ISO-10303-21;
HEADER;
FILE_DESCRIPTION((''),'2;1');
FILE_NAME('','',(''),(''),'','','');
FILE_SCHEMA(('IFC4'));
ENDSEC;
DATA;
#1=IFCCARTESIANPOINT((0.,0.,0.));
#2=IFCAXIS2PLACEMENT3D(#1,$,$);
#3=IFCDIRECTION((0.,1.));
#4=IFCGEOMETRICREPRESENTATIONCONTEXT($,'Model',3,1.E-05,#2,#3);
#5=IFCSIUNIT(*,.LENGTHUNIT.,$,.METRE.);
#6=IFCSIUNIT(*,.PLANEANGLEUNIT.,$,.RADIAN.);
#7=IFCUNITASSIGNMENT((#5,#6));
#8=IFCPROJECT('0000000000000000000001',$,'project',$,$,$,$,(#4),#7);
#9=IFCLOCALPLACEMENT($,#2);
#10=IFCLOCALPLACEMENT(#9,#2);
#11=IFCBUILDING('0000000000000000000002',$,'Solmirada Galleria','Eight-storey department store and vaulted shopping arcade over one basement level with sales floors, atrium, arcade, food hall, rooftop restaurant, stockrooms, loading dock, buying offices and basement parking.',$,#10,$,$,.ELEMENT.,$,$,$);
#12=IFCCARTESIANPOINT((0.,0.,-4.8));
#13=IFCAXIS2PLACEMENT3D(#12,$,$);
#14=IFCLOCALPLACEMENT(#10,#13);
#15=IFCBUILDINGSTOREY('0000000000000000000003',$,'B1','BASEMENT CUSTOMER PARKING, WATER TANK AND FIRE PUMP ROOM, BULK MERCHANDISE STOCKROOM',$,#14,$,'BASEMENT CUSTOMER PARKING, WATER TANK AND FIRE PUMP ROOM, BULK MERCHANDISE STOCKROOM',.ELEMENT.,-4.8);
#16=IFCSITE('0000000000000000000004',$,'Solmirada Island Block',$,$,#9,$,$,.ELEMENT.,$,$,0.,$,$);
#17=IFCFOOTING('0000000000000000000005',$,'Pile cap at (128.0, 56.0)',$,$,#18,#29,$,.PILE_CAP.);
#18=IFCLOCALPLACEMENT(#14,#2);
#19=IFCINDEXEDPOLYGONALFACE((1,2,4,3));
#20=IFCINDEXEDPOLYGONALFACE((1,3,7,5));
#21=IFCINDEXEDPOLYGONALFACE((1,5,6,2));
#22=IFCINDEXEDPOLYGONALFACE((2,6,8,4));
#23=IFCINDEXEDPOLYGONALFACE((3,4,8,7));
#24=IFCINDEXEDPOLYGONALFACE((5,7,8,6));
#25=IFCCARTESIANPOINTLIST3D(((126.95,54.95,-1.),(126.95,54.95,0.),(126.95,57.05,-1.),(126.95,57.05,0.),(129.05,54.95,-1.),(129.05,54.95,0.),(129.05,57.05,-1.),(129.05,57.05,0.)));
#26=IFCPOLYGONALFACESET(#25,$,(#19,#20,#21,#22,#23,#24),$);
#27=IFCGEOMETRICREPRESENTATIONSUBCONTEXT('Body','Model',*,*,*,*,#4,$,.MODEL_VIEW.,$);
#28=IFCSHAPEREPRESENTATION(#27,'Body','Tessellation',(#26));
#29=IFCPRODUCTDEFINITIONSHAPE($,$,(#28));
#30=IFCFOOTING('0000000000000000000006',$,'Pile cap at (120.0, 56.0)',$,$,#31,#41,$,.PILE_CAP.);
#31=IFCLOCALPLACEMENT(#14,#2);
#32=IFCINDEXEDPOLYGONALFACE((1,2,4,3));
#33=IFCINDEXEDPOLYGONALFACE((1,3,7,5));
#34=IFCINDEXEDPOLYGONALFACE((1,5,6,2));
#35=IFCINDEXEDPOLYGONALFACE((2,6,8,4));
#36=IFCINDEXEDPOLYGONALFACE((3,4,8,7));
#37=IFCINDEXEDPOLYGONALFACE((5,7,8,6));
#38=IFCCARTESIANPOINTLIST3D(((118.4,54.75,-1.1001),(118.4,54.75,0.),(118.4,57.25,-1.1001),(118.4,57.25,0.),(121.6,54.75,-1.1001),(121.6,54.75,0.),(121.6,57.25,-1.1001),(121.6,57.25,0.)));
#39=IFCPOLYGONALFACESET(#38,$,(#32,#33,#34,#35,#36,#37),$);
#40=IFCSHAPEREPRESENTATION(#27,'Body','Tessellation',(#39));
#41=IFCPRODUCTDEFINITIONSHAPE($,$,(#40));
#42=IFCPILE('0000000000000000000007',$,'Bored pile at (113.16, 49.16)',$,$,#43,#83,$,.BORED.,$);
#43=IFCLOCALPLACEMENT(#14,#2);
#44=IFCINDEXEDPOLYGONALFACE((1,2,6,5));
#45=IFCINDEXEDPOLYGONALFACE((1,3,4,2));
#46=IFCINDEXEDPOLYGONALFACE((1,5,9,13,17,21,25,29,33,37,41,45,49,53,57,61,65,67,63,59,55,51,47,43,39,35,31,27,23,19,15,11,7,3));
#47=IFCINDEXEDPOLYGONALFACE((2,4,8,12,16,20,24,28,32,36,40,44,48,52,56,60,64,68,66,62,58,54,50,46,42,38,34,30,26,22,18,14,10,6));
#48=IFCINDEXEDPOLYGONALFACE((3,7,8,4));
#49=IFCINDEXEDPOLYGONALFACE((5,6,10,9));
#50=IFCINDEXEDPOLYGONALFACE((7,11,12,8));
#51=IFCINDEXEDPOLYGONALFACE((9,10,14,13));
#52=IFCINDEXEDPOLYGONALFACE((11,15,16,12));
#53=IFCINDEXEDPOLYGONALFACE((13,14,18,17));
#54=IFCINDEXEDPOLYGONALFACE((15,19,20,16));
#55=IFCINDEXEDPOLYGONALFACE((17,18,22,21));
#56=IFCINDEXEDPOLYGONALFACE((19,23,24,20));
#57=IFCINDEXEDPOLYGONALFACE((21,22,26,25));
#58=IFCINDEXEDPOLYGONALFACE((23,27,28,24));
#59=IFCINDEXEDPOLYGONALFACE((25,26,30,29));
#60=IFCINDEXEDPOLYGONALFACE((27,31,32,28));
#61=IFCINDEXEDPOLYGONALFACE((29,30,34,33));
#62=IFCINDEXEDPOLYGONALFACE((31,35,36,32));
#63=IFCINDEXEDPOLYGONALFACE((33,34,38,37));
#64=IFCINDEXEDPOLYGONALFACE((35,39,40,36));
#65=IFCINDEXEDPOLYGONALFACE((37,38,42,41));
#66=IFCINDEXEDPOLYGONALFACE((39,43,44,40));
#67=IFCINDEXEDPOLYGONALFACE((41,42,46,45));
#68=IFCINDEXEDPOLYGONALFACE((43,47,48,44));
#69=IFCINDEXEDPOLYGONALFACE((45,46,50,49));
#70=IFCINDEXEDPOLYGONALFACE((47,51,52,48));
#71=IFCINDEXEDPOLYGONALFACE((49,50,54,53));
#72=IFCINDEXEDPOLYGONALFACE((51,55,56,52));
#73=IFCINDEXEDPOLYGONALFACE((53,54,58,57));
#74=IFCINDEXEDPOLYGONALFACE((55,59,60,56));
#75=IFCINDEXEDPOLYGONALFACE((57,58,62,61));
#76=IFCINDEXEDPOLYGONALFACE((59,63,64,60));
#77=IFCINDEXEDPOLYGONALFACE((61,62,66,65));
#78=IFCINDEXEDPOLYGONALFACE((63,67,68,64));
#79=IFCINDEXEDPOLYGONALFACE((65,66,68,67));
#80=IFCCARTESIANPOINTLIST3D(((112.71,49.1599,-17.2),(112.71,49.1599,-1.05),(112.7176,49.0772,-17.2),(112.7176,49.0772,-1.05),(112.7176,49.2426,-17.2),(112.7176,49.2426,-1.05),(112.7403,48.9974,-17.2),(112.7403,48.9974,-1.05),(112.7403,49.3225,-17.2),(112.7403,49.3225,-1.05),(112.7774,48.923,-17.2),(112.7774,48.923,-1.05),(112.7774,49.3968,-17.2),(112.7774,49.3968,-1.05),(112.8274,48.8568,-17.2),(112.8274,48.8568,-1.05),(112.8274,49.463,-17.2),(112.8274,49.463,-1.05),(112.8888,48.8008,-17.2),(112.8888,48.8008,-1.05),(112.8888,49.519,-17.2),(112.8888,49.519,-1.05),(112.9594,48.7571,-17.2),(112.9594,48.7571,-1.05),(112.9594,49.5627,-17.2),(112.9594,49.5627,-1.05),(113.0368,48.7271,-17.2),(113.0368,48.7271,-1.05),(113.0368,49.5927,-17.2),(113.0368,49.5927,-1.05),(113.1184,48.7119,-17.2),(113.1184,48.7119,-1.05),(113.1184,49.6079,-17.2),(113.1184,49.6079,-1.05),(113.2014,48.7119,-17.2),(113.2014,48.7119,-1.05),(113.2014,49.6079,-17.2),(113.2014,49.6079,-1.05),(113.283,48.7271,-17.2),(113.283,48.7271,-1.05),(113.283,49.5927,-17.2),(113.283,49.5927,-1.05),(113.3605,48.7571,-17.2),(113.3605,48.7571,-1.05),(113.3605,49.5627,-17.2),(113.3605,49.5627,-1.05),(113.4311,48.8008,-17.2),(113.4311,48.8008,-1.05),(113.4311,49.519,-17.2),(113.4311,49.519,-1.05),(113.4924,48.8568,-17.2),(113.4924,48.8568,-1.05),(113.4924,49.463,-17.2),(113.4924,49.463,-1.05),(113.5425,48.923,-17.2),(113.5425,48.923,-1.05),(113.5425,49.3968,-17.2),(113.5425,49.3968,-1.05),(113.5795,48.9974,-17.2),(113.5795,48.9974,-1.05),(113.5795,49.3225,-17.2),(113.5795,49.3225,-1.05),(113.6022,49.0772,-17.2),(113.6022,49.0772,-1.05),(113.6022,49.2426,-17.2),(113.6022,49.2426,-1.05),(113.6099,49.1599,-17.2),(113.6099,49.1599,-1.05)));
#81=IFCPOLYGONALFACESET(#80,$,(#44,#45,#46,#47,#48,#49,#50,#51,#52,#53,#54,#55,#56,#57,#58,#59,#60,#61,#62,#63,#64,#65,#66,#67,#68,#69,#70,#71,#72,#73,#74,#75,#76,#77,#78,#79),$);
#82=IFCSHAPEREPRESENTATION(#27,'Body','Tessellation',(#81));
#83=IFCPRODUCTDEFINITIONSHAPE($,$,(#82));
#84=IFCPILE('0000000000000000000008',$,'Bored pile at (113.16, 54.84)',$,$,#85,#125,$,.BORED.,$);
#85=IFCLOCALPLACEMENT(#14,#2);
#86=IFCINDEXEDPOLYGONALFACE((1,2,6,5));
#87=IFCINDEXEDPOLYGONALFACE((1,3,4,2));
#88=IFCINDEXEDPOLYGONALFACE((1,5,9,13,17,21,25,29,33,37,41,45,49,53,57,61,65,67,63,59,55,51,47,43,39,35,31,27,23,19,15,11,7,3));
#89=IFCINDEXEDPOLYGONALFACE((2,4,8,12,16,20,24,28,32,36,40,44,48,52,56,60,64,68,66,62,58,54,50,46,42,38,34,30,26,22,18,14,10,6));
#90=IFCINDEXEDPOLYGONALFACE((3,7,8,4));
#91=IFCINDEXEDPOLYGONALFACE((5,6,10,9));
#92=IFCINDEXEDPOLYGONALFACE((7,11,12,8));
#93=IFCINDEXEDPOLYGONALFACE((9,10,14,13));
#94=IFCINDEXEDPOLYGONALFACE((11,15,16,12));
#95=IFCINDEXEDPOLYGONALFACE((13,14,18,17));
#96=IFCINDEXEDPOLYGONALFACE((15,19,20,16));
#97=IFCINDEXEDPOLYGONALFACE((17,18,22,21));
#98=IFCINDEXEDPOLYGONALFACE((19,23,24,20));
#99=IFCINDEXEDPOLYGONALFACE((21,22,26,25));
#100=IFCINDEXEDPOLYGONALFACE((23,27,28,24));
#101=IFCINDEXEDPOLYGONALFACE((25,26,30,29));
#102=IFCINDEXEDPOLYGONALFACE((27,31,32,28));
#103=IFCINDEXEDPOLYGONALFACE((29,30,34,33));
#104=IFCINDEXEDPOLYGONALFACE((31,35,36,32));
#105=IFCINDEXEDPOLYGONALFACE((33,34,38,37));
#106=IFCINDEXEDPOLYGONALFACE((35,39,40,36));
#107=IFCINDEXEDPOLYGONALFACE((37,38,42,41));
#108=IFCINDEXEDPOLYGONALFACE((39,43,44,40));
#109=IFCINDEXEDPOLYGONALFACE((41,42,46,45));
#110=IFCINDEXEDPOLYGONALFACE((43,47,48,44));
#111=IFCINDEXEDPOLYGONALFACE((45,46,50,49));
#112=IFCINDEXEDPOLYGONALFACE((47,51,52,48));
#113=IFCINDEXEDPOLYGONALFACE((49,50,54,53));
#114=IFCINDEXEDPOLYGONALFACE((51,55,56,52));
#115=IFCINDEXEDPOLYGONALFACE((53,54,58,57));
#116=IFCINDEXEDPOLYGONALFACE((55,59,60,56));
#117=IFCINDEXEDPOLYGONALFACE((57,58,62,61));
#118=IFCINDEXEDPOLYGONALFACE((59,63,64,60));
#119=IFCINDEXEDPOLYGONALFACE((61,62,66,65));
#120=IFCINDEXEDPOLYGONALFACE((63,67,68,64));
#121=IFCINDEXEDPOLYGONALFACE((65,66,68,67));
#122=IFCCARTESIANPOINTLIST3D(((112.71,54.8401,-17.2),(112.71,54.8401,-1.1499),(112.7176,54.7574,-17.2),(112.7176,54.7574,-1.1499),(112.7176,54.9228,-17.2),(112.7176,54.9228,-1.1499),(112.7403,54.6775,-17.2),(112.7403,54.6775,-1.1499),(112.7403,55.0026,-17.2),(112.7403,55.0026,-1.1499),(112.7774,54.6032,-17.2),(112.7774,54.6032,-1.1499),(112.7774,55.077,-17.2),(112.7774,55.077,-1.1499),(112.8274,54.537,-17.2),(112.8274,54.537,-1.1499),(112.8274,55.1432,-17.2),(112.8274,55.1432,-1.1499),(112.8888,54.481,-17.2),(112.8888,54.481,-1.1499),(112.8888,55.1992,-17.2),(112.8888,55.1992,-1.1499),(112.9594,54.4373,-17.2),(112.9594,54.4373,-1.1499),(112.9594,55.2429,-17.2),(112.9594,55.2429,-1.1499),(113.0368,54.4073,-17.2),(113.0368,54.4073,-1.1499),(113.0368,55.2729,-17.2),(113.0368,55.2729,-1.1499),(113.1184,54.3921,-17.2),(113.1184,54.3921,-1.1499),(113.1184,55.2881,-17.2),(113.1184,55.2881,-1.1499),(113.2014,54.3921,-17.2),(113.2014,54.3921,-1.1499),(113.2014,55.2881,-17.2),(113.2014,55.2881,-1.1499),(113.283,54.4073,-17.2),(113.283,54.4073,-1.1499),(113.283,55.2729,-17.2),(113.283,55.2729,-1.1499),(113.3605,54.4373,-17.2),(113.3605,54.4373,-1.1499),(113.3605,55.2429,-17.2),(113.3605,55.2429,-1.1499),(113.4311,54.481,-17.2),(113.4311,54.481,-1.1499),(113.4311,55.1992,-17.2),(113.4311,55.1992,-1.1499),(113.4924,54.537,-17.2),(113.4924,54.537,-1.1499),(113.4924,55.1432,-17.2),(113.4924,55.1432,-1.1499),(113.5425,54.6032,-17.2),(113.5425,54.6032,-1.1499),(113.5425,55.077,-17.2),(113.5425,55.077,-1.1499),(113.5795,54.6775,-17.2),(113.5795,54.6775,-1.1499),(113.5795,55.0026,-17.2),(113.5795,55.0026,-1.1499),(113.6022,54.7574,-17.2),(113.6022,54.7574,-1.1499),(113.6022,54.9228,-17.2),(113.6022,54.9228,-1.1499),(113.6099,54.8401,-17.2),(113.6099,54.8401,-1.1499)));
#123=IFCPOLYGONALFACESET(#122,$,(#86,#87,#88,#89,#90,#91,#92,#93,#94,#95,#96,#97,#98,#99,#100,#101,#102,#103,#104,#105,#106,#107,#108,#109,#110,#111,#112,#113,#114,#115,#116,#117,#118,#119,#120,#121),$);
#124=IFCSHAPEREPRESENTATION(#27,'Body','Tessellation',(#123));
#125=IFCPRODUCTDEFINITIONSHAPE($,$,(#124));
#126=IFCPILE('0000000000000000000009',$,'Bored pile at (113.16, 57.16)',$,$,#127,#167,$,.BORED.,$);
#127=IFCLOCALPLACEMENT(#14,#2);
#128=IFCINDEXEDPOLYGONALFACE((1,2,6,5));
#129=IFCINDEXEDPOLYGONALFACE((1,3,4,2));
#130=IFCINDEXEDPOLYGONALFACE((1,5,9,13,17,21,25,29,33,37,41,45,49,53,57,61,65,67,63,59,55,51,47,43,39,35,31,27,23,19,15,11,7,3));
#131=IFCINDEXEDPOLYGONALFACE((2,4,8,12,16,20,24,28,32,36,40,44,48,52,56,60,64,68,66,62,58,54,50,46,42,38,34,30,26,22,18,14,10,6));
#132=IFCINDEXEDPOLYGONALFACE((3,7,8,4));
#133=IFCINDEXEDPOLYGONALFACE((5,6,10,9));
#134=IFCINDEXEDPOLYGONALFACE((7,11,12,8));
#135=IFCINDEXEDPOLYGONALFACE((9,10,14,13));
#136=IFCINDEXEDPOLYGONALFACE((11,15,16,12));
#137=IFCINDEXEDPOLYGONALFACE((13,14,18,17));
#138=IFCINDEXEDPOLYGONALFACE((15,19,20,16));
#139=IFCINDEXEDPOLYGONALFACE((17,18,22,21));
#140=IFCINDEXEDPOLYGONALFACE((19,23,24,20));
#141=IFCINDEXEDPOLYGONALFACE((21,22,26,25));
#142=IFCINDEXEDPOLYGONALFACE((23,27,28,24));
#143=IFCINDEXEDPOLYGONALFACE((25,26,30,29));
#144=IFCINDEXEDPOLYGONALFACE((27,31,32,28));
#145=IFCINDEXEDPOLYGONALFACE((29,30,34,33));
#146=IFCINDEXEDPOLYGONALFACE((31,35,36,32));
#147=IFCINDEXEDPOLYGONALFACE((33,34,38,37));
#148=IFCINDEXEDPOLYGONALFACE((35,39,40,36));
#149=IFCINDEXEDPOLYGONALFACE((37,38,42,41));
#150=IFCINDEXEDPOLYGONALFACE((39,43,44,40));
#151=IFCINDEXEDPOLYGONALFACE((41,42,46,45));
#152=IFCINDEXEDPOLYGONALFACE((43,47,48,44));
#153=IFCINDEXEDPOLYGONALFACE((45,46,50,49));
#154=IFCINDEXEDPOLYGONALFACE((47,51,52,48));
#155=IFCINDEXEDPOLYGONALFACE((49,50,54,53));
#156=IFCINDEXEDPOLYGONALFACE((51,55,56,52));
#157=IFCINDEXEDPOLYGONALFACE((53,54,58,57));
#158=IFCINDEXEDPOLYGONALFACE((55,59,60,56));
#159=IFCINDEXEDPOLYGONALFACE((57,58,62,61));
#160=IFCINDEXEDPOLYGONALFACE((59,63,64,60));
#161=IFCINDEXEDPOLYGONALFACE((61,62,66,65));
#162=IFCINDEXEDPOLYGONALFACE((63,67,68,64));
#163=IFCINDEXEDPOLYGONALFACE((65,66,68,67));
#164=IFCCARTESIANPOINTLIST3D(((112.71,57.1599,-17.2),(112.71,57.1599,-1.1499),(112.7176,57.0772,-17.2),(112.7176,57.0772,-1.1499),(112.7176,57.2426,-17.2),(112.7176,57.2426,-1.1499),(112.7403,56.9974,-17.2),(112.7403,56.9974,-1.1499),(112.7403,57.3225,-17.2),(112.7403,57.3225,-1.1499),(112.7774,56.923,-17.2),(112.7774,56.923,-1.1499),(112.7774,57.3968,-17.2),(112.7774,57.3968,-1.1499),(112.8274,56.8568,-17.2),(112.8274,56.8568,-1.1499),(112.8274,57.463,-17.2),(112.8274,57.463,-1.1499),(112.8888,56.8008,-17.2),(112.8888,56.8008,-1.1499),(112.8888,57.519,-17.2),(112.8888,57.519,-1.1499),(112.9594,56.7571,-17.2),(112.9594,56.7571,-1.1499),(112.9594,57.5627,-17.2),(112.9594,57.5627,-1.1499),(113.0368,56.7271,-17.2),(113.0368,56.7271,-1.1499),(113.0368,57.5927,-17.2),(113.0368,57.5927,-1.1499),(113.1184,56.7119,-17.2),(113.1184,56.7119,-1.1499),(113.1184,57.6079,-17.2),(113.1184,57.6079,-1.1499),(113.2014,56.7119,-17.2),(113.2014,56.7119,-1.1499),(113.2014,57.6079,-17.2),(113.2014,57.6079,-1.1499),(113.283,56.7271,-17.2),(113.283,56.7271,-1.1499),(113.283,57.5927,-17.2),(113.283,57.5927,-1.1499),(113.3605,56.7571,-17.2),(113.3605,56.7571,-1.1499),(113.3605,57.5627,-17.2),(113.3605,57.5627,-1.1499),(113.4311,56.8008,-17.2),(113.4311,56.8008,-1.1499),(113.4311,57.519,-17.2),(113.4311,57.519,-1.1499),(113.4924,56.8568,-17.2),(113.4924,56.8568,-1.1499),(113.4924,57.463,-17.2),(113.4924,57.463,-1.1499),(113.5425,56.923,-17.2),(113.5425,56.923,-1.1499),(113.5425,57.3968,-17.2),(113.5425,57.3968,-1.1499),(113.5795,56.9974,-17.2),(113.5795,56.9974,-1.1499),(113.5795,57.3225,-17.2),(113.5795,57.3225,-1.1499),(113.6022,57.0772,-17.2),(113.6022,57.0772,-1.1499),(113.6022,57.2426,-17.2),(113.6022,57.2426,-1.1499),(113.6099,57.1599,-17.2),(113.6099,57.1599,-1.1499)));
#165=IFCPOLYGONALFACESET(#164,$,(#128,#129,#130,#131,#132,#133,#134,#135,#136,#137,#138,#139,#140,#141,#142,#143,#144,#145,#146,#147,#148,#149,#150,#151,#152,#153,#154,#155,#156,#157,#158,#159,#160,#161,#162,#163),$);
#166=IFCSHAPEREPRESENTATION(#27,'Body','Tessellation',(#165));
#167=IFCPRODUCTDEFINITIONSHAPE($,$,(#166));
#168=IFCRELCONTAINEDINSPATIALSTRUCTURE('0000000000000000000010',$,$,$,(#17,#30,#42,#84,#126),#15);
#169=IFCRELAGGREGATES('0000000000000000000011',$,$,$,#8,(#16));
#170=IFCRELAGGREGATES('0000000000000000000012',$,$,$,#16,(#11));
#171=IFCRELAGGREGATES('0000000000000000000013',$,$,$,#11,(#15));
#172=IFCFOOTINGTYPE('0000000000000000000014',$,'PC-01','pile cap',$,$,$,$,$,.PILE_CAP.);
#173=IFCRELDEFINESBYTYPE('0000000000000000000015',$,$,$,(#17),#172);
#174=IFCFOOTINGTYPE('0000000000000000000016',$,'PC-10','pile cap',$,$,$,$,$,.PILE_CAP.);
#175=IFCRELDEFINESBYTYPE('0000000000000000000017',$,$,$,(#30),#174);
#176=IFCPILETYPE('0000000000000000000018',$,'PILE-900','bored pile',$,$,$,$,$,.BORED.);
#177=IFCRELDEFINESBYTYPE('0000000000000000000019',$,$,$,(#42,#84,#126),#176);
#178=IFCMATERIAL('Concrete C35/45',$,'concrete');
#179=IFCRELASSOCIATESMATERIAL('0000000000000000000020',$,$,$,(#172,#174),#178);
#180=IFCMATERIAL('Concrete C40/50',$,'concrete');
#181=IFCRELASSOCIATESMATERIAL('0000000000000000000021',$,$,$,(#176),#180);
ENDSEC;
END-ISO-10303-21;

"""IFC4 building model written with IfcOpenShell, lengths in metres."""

from ifc_helpers import new_model, si_unit, direction, frame, origin, origin_2d, place, context, subcontext, project, spatial, rectangle, circle, extrude, material, material_profile, profile_set, type_object, element, save


model = new_model("IFC4")

# Units and contexts
model_context = context("Model", 3, precision=1e-05, world=origin(), true_north=direction((0.0, 1.0)))
body_context = subcontext(model_context, "Body", "Model", "MODEL_VIEW")
ifc_project = project(units=[si_unit("LENGTHUNIT", "METRE"), si_unit("PLANEANGLEUNIT", "RADIAN")], contexts=[model_context])

# Site, building, storey
site_placement = place(None, origin())
site = spatial("IfcSite", under=ifc_project, at=site_placement, Name="Solmirada Island Block", CompositionType="ELEMENT", RefElevation=0.0)
building_placement = place(site_placement, origin())
building = spatial("IfcBuilding", under=site, at=building_placement, Name="Solmirada Galleria", Description="Eight-storey department store and vaulted shopping arcade over one basement level with sales floors, atrium, arcade, food hall, rooftop restaurant, stockrooms, loading dock, buying offices and basement parking.", CompositionType="ELEMENT")
storey_placement = place(building_placement, frame((0.0, 0.0, -4.8)))
storey = spatial("IfcBuildingStorey", under=building, at=storey_placement, Name="B1", Description="BASEMENT CUSTOMER PARKING, WATER TANK AND FIRE PUMP ROOM, BULK MERCHANDISE STOCKROOM", LongName="BASEMENT CUSTOMER PARKING, WATER TANK AND FIRE PUMP ROOM, BULK MERCHANDISE STOCKROOM", CompositionType="ELEMENT", Elevation=-4.8)

# Footings
ifc_material_1 = material(Name="Concrete C35/45", Category="concrete")
footing_type_1 = type_object("IfcFootingType", Name="PC-01", Description="pile cap", PredefinedType="PILE_CAP", material=ifc_material_1)
footing_1_placement = place(storey_placement, frame((128.0, 56.0, -1.0), z_axis=(0.0, 0.0, 1.0), x_axis=(1.0, 0.0, 0.0)))
element("IfcFooting", 1, at=footing_1_placement, inside=storey, type_object=footing_type_1, Name="Pile cap at (128.0, 56.0)", PredefinedType="PILE_CAP", context=body_context, shape_type="SweptSolid", body=[
    extrude(rectangle(XDim=2.1001, YDim=2.1001, at=origin_2d()), origin(), (0.0, 0.0, 1.0), 1.0),
])
footing_type_2 = type_object("IfcFootingType", Name="PC-10", Description="pile cap", PredefinedType="PILE_CAP", material=ifc_material_1)
footing_2_placement = place(storey_placement, frame((120.0, 56.0, -1.1001), z_axis=(0.0, 0.0, 1.0), x_axis=(1.0, 0.0, 0.0)))
element("IfcFooting", 2, at=footing_2_placement, inside=storey, type_object=footing_type_2, Name="Pile cap at (120.0, 56.0)", PredefinedType="PILE_CAP", context=body_context, shape_type="SweptSolid", body=[
    extrude(rectangle(XDim=3.2, YDim=2.5, at=origin_2d()), origin(), (0.0, 0.0, 1.0), 1.1001),
])

# Piles
ifc_material_2 = material(Name="Concrete C40/50", Category="concrete")
ifc_material_profile_1 = material_profile(ifc_material_2, circle(Radius=0.45, at=origin_2d()), Name="PILE900")
ifc_profile_set_1 = profile_set([ifc_material_profile_1], Name="Concrete C40/50")
pile_type = type_object("IfcPileType", Name="PILE-900", Description="bored pile", PredefinedType="BORED", material=ifc_profile_set_1)
pile_1_placement = place(storey_placement, frame((113.1599, 49.1599, -1.05), z_axis=(0.0, 0.0, -1.0), x_axis=(1.0, 0.0, 0.0)))
element("IfcPile", 3, at=pile_1_placement, inside=storey, type_object=pile_type, Name="Bored pile at (113.16, 49.16)", PredefinedType="BORED", context=body_context, shape_type="SweptSolid", body=[
    extrude(circle(Radius=0.45, at=origin_2d()), origin(), (0.0, 0.0, 1.0), 16.1499),
])
for number, where, z_axis, x_axis, name in (
    (4, (113.1599, 54.8401, -1.1499), (0.0, 0.0, -1.0), (1.0, 0.0, 0.0), "Bored pile at (113.16, 54.84)"),
    (5, (113.1599, 57.1599, -1.1499), (0.0, 0.0, -1.0), (1.0, 0.0, 0.0), "Bored pile at (113.16, 57.16)"),
):
    element("IfcPile", number, at=place(storey_placement, frame(where, z_axis=z_axis, x_axis=x_axis)), inside=storey, type_object=pile_type, Name=name, PredefinedType="BORED", context=body_context, shape_type="SweptSolid", body=[
        extrude(circle(Radius=0.45, at=origin_2d()), origin(), (0.0, 0.0, 1.0), 16.05),
    ])

save(model, "model.ifc")
